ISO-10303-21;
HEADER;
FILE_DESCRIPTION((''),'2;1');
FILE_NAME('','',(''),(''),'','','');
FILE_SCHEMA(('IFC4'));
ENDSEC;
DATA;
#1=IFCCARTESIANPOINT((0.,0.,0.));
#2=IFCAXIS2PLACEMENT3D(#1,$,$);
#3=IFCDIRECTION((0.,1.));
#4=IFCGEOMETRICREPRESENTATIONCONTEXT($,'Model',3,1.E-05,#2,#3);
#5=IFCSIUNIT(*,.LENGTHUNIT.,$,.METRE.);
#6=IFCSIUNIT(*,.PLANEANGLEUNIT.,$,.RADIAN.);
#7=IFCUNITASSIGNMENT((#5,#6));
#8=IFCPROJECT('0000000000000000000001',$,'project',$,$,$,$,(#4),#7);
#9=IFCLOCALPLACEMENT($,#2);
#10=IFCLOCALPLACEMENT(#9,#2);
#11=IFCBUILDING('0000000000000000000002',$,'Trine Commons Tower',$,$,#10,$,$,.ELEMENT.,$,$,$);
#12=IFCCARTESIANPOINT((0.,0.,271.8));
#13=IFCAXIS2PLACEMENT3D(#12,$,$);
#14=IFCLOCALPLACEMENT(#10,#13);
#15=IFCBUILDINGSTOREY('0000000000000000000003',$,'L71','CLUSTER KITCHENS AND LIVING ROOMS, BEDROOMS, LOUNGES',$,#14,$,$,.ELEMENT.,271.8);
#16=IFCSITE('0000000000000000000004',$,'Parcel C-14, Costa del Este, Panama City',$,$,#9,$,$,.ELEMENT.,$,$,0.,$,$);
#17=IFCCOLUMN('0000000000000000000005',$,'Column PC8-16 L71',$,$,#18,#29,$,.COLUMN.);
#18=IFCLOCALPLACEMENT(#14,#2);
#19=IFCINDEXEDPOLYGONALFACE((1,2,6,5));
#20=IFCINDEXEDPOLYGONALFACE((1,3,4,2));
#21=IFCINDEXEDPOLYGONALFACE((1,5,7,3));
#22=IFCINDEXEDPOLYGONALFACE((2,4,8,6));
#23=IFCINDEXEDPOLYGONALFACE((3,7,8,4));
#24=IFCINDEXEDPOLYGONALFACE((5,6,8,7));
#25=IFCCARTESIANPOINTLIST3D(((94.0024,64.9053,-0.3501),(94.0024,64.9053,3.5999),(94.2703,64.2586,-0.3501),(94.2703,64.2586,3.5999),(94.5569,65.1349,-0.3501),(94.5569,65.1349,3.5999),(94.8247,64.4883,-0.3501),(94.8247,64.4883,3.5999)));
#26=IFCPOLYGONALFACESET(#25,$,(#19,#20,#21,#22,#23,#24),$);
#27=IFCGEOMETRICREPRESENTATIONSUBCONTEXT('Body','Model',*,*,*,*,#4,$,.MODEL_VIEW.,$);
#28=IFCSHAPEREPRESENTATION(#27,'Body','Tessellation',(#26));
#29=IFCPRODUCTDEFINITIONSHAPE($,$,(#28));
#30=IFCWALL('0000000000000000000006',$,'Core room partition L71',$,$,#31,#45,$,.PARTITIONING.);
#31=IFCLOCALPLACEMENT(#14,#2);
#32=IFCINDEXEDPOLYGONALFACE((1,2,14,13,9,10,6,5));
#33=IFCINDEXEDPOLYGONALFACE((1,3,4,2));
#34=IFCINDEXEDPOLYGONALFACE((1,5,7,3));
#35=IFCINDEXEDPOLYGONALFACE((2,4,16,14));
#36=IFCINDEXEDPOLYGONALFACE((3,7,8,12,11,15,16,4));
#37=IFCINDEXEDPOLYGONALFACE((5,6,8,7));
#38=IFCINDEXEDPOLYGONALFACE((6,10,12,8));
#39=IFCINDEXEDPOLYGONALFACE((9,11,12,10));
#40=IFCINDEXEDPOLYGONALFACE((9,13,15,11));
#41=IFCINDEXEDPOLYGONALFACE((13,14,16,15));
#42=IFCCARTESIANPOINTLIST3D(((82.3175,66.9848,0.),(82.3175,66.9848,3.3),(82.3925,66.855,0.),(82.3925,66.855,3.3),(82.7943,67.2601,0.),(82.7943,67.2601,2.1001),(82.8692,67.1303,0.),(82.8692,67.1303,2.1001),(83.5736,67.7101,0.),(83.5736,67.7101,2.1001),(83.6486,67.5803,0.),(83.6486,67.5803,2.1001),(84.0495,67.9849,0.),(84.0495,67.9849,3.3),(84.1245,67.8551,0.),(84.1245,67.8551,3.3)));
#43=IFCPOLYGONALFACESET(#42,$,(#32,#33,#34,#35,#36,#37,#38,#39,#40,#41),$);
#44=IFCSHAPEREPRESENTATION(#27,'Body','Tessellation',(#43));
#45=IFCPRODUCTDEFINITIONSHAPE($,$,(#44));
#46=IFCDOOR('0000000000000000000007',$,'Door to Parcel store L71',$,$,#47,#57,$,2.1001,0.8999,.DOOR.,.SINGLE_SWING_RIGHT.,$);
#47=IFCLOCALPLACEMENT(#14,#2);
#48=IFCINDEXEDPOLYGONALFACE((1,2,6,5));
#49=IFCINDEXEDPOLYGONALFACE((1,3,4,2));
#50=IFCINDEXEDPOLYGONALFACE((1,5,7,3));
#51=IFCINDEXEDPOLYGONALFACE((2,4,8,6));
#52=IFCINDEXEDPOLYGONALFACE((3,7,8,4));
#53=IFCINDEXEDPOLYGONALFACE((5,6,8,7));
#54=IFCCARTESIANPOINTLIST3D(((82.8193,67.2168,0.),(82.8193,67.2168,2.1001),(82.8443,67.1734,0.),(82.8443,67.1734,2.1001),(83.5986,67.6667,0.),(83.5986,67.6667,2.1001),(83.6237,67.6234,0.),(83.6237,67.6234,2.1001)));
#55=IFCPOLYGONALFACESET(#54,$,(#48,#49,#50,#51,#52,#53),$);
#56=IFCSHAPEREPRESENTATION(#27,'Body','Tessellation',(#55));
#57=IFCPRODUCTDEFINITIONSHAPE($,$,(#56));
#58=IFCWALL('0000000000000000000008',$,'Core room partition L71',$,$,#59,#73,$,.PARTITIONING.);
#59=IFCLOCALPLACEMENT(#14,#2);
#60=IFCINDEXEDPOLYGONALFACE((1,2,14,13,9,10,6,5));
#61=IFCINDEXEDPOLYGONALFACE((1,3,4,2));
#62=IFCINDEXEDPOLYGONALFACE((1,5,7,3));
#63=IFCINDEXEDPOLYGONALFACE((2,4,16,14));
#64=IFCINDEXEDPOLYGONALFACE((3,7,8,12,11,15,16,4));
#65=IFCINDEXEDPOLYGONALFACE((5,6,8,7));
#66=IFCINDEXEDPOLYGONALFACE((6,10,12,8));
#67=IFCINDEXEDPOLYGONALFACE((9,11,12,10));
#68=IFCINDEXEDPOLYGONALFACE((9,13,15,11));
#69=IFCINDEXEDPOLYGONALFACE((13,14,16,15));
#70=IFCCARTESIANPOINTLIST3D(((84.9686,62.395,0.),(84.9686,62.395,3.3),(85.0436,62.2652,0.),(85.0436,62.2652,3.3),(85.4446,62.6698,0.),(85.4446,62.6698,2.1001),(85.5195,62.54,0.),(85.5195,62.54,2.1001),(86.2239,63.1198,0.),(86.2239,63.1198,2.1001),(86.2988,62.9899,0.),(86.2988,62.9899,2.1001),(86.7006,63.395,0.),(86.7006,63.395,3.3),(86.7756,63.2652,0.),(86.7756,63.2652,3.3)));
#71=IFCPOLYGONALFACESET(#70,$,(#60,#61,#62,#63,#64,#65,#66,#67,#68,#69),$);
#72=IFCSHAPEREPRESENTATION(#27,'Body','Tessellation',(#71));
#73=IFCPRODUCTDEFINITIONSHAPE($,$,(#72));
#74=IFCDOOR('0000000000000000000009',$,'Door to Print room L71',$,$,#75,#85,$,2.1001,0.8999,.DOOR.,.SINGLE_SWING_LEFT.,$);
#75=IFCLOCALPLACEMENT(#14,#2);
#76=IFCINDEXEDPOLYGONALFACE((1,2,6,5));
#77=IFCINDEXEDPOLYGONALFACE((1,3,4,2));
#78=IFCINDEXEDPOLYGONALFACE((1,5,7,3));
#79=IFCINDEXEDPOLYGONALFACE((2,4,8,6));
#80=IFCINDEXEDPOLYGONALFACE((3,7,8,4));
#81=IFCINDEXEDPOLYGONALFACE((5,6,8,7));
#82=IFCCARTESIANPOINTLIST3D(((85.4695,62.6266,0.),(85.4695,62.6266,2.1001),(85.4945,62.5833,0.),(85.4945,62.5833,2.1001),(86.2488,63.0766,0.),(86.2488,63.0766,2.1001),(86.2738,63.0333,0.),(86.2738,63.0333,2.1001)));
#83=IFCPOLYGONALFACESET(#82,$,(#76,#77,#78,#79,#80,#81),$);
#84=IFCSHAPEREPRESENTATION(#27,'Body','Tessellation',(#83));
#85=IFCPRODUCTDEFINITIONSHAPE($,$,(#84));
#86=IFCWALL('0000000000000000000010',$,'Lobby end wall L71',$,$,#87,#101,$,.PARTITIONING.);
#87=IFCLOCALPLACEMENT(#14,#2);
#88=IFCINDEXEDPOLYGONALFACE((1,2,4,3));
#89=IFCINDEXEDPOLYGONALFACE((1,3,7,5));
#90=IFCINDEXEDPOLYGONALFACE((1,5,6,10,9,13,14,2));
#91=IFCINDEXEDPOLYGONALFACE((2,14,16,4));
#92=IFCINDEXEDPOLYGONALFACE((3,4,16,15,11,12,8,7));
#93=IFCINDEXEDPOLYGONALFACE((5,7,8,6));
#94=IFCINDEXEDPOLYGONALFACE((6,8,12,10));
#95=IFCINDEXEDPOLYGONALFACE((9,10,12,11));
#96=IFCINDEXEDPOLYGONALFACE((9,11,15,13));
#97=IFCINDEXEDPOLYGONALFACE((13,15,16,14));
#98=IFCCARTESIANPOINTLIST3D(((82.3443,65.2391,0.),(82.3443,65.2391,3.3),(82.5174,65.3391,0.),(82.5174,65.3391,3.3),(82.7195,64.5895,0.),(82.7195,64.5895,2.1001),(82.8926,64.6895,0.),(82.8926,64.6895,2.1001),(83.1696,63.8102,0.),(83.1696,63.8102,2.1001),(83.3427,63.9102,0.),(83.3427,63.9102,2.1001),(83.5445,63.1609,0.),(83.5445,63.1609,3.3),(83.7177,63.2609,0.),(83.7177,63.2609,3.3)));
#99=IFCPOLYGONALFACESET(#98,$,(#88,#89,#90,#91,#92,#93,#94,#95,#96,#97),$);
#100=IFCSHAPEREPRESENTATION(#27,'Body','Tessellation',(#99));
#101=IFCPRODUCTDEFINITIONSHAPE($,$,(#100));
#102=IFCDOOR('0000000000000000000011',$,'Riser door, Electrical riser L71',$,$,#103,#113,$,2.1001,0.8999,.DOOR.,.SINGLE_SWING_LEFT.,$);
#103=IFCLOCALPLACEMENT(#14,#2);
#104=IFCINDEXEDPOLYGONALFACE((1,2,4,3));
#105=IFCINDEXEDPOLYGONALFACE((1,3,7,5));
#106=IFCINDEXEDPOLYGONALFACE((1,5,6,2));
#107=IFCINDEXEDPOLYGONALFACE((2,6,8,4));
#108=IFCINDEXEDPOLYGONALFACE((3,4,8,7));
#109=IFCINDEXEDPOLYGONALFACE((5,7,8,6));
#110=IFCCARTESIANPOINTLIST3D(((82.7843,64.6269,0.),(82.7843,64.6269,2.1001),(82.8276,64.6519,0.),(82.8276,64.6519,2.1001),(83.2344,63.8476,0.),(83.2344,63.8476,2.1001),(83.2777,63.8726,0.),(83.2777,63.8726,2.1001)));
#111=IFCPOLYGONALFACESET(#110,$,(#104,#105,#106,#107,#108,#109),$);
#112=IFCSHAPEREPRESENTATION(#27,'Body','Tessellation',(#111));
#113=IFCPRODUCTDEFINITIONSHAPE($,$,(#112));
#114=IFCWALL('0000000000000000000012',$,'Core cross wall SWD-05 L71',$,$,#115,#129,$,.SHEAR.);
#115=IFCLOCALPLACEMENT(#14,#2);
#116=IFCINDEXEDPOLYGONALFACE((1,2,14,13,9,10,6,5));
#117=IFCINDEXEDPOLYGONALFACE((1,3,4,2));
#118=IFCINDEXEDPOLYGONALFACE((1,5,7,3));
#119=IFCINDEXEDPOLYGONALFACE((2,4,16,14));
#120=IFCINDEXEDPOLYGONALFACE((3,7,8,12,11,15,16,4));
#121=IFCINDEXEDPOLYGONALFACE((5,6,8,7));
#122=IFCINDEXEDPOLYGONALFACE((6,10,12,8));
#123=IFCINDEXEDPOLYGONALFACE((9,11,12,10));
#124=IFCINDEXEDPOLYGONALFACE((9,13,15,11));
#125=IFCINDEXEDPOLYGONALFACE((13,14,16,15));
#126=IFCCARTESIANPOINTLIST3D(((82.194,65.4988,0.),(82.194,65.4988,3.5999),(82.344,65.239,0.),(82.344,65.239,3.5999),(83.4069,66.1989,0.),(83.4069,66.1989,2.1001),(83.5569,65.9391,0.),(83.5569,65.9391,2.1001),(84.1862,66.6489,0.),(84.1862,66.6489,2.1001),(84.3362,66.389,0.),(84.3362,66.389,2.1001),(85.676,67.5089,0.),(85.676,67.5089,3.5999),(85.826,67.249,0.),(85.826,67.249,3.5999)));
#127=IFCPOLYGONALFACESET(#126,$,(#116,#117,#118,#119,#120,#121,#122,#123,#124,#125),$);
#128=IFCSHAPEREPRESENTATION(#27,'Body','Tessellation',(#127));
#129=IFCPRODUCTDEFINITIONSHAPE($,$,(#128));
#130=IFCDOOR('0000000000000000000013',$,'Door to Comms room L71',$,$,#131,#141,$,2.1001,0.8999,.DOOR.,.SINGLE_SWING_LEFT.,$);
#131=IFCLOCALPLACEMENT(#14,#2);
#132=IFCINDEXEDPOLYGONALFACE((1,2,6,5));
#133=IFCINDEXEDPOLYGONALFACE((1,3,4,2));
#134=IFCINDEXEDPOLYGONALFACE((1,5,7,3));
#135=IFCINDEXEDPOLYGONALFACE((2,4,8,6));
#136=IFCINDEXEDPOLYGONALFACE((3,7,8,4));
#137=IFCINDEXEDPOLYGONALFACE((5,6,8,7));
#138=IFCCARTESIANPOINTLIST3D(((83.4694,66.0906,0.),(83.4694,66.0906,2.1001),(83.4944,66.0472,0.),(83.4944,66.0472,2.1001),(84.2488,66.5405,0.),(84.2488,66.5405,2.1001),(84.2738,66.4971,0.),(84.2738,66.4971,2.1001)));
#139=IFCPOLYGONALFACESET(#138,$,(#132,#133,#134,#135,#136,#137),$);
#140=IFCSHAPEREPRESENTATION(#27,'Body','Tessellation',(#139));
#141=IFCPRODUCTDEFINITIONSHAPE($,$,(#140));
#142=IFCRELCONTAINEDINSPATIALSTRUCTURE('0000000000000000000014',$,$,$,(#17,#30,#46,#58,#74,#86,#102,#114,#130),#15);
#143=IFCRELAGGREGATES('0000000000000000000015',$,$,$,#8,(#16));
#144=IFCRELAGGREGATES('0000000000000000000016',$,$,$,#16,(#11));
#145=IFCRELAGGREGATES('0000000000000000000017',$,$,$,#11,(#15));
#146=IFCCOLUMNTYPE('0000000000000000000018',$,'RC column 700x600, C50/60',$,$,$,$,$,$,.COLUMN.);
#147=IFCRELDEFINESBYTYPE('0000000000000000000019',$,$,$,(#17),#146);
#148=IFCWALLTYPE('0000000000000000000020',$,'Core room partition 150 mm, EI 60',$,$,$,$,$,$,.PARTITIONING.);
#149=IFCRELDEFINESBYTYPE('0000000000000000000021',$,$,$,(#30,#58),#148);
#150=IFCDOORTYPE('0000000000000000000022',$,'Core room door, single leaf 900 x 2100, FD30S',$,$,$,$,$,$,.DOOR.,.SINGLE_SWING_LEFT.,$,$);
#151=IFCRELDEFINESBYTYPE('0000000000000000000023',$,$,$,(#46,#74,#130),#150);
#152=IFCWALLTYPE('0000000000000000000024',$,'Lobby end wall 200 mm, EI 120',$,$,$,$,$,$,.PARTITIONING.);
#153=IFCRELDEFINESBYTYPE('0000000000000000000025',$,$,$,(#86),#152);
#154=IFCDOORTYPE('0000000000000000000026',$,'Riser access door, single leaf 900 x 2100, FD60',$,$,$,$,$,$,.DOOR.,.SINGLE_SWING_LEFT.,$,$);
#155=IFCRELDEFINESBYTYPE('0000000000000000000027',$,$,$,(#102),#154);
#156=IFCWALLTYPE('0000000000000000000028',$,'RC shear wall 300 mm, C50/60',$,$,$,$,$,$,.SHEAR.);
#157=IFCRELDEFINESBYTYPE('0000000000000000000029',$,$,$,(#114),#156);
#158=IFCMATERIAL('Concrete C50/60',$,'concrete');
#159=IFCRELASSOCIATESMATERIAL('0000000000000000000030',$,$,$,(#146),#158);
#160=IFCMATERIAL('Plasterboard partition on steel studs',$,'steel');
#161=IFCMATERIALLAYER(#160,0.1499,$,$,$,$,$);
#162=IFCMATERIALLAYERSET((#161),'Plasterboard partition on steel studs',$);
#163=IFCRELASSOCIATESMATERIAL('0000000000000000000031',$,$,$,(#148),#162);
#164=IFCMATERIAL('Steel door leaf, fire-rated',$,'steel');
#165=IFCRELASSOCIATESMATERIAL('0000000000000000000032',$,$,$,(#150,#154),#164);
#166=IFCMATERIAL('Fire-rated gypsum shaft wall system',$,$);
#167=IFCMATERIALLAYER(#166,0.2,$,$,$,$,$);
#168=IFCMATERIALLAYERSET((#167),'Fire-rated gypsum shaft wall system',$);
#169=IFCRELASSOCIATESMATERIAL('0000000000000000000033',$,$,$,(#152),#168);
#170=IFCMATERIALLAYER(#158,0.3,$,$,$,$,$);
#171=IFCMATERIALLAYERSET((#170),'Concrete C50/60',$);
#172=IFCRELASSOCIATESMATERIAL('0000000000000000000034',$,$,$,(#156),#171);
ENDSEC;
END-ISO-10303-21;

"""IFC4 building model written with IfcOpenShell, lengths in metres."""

from ifc_helpers import new_model, si_unit, direction, frame, frame_2d, origin, origin_2d, place, context, subcontext, project, spatial, rectangle, extrude, material, layer, layer_set, material_profile, profile_set, type_object, element, fill, save


model = new_model("IFC4")

# Units and contexts
model_context = context("Model", 3, precision=1e-05, world=origin(), true_north=direction((0.0, 1.0)))
body_context = subcontext(model_context, "Body", "Model", "MODEL_VIEW")
ifc_project = project(units=[si_unit("LENGTHUNIT", "METRE"), si_unit("PLANEANGLEUNIT", "RADIAN")], contexts=[model_context])

# Site, building, storey
site_placement = place(None, origin())
site = spatial("IfcSite", under=ifc_project, at=site_placement, Name="Parcel C-14, Costa del Este, Panama City", CompositionType="ELEMENT", RefElevation=0.0)
building_placement = place(site_placement, origin())
building = spatial("IfcBuilding", under=site, at=building_placement, Name="Trine Commons Tower", CompositionType="ELEMENT")
storey_placement = place(building_placement, frame((0.0, 0.0, 271.8)))
storey = spatial("IfcBuildingStorey", under=building, at=storey_placement, Name="L71", Description="CLUSTER KITCHENS AND LIVING ROOMS, BEDROOMS, LOUNGES", CompositionType="ELEMENT", Elevation=271.8)

# Column
ifc_material_1 = material(Name="Concrete C50/60", Category="concrete")
ifc_material_profile = material_profile(ifc_material_1, rectangle(XDim=0.7, YDim=0.6001, at=origin_2d()), Name="RC 700x600")
ifc_profile_set = profile_set([ifc_material_profile], Name="Concrete C50/60")
column_type = type_object("IfcColumnType", Name="RC column 700x600, C50/60", PredefinedType="COLUMN", material=ifc_profile_set)
column_placement = place(storey_placement, frame((94.4136, 64.6968, -0.3501), z_axis=(0.0, 0.0, 1.0), x_axis=(-0.382683, 0.92388, 0.0)))
element("IfcColumn", 1, at=column_placement, inside=storey, type_object=column_type, Name="Column PC8-16 L71", PredefinedType="COLUMN", context=body_context, shape_type="SweptSolid", body=[
    extrude(rectangle(XDim=0.7, YDim=0.6001, at=origin_2d()), origin(), (0.0, 0.0, 1.0), 3.95),
])

# Walls, openings, doors
ifc_material_2 = material(Name="Plasterboard partition on steel studs", Category="steel")
ifc_layer_1 = layer(ifc_material_2, 0.1499)
ifc_layer_set_1 = layer_set([ifc_layer_1], Name="Plasterboard partition on steel studs")
wall_type_1 = type_object("IfcWallType", Name="Core room partition 150 mm, EI 60", PredefinedType="PARTITIONING", material=ifc_layer_set_1)
wall_1_placement = place(storey_placement, frame((82.355, 66.9199, 0.0), z_axis=(0.0, 0.0, 1.0), x_axis=(0.866011, 0.500025, 0.0)))
wall_1 = element("IfcWall", 2, at=wall_1_placement, inside=storey, type_object=wall_type_1, Name="Core room partition L71", PredefinedType="PARTITIONING", context=body_context, shape_type="SweptSolid", body=[
    extrude(rectangle(XDim=2.0, YDim=0.1499, at=frame_2d((1.0, 0.0))), origin(), (0.0, 0.0, 1.0), 3.3),
])
opening_1_placement = place(wall_1_placement, frame((0.5505, 0.0, 0.0)))
opening_1 = element("IfcOpeningElement", 3, at=opening_1_placement, cuts=wall_1, PredefinedType="OPENING", context=body_context, shape_type="SweptSolid", body=[
    extrude(rectangle(XDim=0.8999, YDim=2.1001, at=frame_2d((0.45, 1.05))), frame((0.0, 0.085, 0.0), z_axis=(0.0, -1.0, 0.0), x_axis=(1.0, 0.0, 0.0)), (0.0, 0.0, 1.0), 0.1699),
])
ifc_material_3 = material(Name="Steel door leaf, fire-rated", Category="steel")
door_type_1 = type_object("IfcDoorType", Name="Core room door, single leaf 900 x 2100, FD30S", OperationType="SINGLE_SWING_LEFT", PredefinedType="DOOR", material=ifc_material_3)
door_1_placement = place(opening_1_placement, origin())
door_1 = element("IfcDoor", 4, at=door_1_placement, inside=storey, type_object=door_type_1, Name="Door to Parcel store L71", OperationType="SINGLE_SWING_RIGHT", OverallHeight=2.1001, OverallWidth=0.8999, PredefinedType="DOOR", context=body_context, shape_type="SweptSolid", body=[
    extrude(rectangle(XDim=0.8999, YDim=2.1001, at=frame_2d((0.45, 1.05))), frame((0.0, 0.0249, 0.0), z_axis=(0.0, -1.0, 0.0), x_axis=(1.0, 0.0, 0.0)), (0.0, 0.0, 1.0), 0.05),
])
fill(opening_1, door_1)
wall_2_placement = place(storey_placement, frame((85.0061, 62.3301, 0.0), z_axis=(0.0, 0.0, 1.0), x_axis=(0.866011, 0.500025, 0.0)))
wall_2 = element("IfcWall", 5, at=wall_2_placement, inside=storey, type_object=wall_type_1, Name="Core room partition L71", PredefinedType="PARTITIONING", context=body_context, shape_type="SweptSolid", body=[
    extrude(rectangle(XDim=2.0, YDim=0.1499, at=frame_2d((1.0, 0.0))), origin(), (0.0, 0.0, 1.0), 3.3),
])
opening_2_placement = place(wall_2_placement, frame((0.5496, 0.0, 0.0)))
opening_2 = element("IfcOpeningElement", 6, at=opening_2_placement, cuts=wall_2, PredefinedType="OPENING", context=body_context, shape_type="SweptSolid", body=[
    extrude(rectangle(XDim=0.8999, YDim=2.1001, at=frame_2d((0.45, 1.05))), frame((0.0, 0.085, 0.0), z_axis=(0.0, -1.0, 0.0), x_axis=(1.0, 0.0, 0.0)), (0.0, 0.0, 1.0), 0.1699),
])
door_2_placement = place(opening_2_placement, frame((0.8999, 0.0, 0.0), z_axis=(0.0, 0.0, 1.0), x_axis=(-1.0, 0.0, 0.0)))
door_2 = element("IfcDoor", 7, at=door_2_placement, inside=storey, type_object=door_type_1, Name="Door to Print room L71", OperationType="SINGLE_SWING_LEFT", OverallHeight=2.1001, OverallWidth=0.8999, PredefinedType="DOOR", context=body_context, shape_type="SweptSolid", body=[
    extrude(rectangle(XDim=0.8999, YDim=2.1001, at=frame_2d((0.45, 1.05))), frame((0.0, 0.0249, 0.0), z_axis=(0.0, -1.0, 0.0), x_axis=(1.0, 0.0, 0.0)), (0.0, 0.0, 1.0), 0.05),
])
fill(opening_2, door_2)
ifc_material_4 = material(Name="Fire-rated gypsum shaft wall system")
ifc_layer_2 = layer(ifc_material_4, 0.2)
ifc_layer_set_2 = layer_set([ifc_layer_2], Name="Fire-rated gypsum shaft wall system")
wall_type_2 = type_object("IfcWallType", Name="Lobby end wall 200 mm, EI 120", PredefinedType="PARTITIONING", material=ifc_layer_set_2)
wall_3_placement = place(storey_placement, frame((83.6311, 63.2109, 0.0), z_axis=(0.0, 0.0, 1.0), x_axis=(-0.500122, 0.865955, 0.0)))
wall_3 = element("IfcWall", 8, at=wall_3_placement, inside=storey, type_object=wall_type_2, Name="Lobby end wall L71", PredefinedType="PARTITIONING", context=body_context, shape_type="SweptSolid", body=[
    extrude(rectangle(XDim=2.3999, YDim=0.2, at=frame_2d((1.2, 0.0))), origin(), (0.0, 0.0, 1.0), 3.3),
])
opening_3_placement = place(wall_3_placement, frame((0.7498, 0.0, 0.0)))
opening_3 = element("IfcOpeningElement", 9, at=opening_3_placement, cuts=wall_3, PredefinedType="OPENING", context=body_context, shape_type="SweptSolid", body=[
    extrude(rectangle(XDim=0.8999, YDim=2.1001, at=frame_2d((0.45, 1.05))), frame((0.0, 0.1099, 0.0), z_axis=(0.0, -1.0, 0.0), x_axis=(1.0, 0.0, 0.0)), (0.0, 0.0, 1.0), 0.22),
])
door_type_2 = type_object("IfcDoorType", Name="Riser access door, single leaf 900 x 2100, FD60", OperationType="SINGLE_SWING_LEFT", PredefinedType="DOOR", material=ifc_material_3)
door_3_placement = place(opening_3_placement, frame((0.8999, 0.0, 0.0), z_axis=(0.0, 0.0, 1.0), x_axis=(-1.0, 0.0, 0.0)))
door_3 = element("IfcDoor", 10, at=door_3_placement, inside=storey, type_object=door_type_2, Name="Riser door, Electrical riser L71", OperationType="SINGLE_SWING_LEFT", OverallHeight=2.1001, OverallWidth=0.8999, PredefinedType="DOOR", context=body_context, shape_type="SweptSolid", body=[
    extrude(rectangle(XDim=0.8999, YDim=2.1001, at=frame_2d((0.45, 1.05))), frame((0.0, 0.0249, 0.0), z_axis=(0.0, -1.0, 0.0), x_axis=(1.0, 0.0, 0.0)), (0.0, 0.0, 1.0), 0.05),
])
fill(opening_3, door_3)
ifc_layer_3 = layer(ifc_material_1, 0.3)
ifc_layer_set_3 = layer_set([ifc_layer_3], Name="Concrete C50/60")
wall_type_3 = type_object("IfcWallType", Name="RC shear wall 300 mm, C50/60", PredefinedType="SHEAR", material=ifc_layer_set_3)
wall_4_placement = place(storey_placement, frame((82.269, 65.3689, 0.0), z_axis=(0.0, 0.0, 1.0), x_axis=(0.866056, 0.499947, 0.0)))
wall_4 = element("IfcWall", 11, at=wall_4_placement, inside=storey, type_object=wall_type_3, Name="Core cross wall SWD-05 L71", PredefinedType="SHEAR", context=body_context, shape_type="SweptSolid", body=[
    extrude(rectangle(XDim=4.0205, YDim=0.3, at=frame_2d((2.0103, 0.0))), origin(), (0.0, 0.0, 1.0), 3.5999),
])
opening_4_placement = place(wall_4_placement, frame((1.4004, 0.0, 0.0)))
opening_4 = element("IfcOpeningElement", 12, at=opening_4_placement, cuts=wall_4, PredefinedType="OPENING", context=body_context, shape_type="SweptSolid", body=[
    extrude(rectangle(XDim=0.8999, YDim=2.1001, at=frame_2d((0.45, 1.05))), frame((0.0, 0.1599, 0.0), z_axis=(0.0, -1.0, 0.0), x_axis=(1.0, 0.0, 0.0)), (0.0, 0.0, 1.0), 0.3201),
])
door_4_placement = place(opening_4_placement, origin())
door_4 = element("IfcDoor", 13, at=door_4_placement, inside=storey, type_object=door_type_1, Name="Door to Comms room L71", OperationType="SINGLE_SWING_LEFT", OverallHeight=2.1001, OverallWidth=0.8999, PredefinedType="DOOR", context=body_context, shape_type="SweptSolid", body=[
    extrude(rectangle(XDim=0.8999, YDim=2.1001, at=frame_2d((0.45, 1.05))), frame((0.0, 0.0249, 0.0), z_axis=(0.0, -1.0, 0.0), x_axis=(1.0, 0.0, 0.0)), (0.0, 0.0, 1.0), 0.05),
])
fill(opening_4, door_4)

save(model, "model.ifc")
